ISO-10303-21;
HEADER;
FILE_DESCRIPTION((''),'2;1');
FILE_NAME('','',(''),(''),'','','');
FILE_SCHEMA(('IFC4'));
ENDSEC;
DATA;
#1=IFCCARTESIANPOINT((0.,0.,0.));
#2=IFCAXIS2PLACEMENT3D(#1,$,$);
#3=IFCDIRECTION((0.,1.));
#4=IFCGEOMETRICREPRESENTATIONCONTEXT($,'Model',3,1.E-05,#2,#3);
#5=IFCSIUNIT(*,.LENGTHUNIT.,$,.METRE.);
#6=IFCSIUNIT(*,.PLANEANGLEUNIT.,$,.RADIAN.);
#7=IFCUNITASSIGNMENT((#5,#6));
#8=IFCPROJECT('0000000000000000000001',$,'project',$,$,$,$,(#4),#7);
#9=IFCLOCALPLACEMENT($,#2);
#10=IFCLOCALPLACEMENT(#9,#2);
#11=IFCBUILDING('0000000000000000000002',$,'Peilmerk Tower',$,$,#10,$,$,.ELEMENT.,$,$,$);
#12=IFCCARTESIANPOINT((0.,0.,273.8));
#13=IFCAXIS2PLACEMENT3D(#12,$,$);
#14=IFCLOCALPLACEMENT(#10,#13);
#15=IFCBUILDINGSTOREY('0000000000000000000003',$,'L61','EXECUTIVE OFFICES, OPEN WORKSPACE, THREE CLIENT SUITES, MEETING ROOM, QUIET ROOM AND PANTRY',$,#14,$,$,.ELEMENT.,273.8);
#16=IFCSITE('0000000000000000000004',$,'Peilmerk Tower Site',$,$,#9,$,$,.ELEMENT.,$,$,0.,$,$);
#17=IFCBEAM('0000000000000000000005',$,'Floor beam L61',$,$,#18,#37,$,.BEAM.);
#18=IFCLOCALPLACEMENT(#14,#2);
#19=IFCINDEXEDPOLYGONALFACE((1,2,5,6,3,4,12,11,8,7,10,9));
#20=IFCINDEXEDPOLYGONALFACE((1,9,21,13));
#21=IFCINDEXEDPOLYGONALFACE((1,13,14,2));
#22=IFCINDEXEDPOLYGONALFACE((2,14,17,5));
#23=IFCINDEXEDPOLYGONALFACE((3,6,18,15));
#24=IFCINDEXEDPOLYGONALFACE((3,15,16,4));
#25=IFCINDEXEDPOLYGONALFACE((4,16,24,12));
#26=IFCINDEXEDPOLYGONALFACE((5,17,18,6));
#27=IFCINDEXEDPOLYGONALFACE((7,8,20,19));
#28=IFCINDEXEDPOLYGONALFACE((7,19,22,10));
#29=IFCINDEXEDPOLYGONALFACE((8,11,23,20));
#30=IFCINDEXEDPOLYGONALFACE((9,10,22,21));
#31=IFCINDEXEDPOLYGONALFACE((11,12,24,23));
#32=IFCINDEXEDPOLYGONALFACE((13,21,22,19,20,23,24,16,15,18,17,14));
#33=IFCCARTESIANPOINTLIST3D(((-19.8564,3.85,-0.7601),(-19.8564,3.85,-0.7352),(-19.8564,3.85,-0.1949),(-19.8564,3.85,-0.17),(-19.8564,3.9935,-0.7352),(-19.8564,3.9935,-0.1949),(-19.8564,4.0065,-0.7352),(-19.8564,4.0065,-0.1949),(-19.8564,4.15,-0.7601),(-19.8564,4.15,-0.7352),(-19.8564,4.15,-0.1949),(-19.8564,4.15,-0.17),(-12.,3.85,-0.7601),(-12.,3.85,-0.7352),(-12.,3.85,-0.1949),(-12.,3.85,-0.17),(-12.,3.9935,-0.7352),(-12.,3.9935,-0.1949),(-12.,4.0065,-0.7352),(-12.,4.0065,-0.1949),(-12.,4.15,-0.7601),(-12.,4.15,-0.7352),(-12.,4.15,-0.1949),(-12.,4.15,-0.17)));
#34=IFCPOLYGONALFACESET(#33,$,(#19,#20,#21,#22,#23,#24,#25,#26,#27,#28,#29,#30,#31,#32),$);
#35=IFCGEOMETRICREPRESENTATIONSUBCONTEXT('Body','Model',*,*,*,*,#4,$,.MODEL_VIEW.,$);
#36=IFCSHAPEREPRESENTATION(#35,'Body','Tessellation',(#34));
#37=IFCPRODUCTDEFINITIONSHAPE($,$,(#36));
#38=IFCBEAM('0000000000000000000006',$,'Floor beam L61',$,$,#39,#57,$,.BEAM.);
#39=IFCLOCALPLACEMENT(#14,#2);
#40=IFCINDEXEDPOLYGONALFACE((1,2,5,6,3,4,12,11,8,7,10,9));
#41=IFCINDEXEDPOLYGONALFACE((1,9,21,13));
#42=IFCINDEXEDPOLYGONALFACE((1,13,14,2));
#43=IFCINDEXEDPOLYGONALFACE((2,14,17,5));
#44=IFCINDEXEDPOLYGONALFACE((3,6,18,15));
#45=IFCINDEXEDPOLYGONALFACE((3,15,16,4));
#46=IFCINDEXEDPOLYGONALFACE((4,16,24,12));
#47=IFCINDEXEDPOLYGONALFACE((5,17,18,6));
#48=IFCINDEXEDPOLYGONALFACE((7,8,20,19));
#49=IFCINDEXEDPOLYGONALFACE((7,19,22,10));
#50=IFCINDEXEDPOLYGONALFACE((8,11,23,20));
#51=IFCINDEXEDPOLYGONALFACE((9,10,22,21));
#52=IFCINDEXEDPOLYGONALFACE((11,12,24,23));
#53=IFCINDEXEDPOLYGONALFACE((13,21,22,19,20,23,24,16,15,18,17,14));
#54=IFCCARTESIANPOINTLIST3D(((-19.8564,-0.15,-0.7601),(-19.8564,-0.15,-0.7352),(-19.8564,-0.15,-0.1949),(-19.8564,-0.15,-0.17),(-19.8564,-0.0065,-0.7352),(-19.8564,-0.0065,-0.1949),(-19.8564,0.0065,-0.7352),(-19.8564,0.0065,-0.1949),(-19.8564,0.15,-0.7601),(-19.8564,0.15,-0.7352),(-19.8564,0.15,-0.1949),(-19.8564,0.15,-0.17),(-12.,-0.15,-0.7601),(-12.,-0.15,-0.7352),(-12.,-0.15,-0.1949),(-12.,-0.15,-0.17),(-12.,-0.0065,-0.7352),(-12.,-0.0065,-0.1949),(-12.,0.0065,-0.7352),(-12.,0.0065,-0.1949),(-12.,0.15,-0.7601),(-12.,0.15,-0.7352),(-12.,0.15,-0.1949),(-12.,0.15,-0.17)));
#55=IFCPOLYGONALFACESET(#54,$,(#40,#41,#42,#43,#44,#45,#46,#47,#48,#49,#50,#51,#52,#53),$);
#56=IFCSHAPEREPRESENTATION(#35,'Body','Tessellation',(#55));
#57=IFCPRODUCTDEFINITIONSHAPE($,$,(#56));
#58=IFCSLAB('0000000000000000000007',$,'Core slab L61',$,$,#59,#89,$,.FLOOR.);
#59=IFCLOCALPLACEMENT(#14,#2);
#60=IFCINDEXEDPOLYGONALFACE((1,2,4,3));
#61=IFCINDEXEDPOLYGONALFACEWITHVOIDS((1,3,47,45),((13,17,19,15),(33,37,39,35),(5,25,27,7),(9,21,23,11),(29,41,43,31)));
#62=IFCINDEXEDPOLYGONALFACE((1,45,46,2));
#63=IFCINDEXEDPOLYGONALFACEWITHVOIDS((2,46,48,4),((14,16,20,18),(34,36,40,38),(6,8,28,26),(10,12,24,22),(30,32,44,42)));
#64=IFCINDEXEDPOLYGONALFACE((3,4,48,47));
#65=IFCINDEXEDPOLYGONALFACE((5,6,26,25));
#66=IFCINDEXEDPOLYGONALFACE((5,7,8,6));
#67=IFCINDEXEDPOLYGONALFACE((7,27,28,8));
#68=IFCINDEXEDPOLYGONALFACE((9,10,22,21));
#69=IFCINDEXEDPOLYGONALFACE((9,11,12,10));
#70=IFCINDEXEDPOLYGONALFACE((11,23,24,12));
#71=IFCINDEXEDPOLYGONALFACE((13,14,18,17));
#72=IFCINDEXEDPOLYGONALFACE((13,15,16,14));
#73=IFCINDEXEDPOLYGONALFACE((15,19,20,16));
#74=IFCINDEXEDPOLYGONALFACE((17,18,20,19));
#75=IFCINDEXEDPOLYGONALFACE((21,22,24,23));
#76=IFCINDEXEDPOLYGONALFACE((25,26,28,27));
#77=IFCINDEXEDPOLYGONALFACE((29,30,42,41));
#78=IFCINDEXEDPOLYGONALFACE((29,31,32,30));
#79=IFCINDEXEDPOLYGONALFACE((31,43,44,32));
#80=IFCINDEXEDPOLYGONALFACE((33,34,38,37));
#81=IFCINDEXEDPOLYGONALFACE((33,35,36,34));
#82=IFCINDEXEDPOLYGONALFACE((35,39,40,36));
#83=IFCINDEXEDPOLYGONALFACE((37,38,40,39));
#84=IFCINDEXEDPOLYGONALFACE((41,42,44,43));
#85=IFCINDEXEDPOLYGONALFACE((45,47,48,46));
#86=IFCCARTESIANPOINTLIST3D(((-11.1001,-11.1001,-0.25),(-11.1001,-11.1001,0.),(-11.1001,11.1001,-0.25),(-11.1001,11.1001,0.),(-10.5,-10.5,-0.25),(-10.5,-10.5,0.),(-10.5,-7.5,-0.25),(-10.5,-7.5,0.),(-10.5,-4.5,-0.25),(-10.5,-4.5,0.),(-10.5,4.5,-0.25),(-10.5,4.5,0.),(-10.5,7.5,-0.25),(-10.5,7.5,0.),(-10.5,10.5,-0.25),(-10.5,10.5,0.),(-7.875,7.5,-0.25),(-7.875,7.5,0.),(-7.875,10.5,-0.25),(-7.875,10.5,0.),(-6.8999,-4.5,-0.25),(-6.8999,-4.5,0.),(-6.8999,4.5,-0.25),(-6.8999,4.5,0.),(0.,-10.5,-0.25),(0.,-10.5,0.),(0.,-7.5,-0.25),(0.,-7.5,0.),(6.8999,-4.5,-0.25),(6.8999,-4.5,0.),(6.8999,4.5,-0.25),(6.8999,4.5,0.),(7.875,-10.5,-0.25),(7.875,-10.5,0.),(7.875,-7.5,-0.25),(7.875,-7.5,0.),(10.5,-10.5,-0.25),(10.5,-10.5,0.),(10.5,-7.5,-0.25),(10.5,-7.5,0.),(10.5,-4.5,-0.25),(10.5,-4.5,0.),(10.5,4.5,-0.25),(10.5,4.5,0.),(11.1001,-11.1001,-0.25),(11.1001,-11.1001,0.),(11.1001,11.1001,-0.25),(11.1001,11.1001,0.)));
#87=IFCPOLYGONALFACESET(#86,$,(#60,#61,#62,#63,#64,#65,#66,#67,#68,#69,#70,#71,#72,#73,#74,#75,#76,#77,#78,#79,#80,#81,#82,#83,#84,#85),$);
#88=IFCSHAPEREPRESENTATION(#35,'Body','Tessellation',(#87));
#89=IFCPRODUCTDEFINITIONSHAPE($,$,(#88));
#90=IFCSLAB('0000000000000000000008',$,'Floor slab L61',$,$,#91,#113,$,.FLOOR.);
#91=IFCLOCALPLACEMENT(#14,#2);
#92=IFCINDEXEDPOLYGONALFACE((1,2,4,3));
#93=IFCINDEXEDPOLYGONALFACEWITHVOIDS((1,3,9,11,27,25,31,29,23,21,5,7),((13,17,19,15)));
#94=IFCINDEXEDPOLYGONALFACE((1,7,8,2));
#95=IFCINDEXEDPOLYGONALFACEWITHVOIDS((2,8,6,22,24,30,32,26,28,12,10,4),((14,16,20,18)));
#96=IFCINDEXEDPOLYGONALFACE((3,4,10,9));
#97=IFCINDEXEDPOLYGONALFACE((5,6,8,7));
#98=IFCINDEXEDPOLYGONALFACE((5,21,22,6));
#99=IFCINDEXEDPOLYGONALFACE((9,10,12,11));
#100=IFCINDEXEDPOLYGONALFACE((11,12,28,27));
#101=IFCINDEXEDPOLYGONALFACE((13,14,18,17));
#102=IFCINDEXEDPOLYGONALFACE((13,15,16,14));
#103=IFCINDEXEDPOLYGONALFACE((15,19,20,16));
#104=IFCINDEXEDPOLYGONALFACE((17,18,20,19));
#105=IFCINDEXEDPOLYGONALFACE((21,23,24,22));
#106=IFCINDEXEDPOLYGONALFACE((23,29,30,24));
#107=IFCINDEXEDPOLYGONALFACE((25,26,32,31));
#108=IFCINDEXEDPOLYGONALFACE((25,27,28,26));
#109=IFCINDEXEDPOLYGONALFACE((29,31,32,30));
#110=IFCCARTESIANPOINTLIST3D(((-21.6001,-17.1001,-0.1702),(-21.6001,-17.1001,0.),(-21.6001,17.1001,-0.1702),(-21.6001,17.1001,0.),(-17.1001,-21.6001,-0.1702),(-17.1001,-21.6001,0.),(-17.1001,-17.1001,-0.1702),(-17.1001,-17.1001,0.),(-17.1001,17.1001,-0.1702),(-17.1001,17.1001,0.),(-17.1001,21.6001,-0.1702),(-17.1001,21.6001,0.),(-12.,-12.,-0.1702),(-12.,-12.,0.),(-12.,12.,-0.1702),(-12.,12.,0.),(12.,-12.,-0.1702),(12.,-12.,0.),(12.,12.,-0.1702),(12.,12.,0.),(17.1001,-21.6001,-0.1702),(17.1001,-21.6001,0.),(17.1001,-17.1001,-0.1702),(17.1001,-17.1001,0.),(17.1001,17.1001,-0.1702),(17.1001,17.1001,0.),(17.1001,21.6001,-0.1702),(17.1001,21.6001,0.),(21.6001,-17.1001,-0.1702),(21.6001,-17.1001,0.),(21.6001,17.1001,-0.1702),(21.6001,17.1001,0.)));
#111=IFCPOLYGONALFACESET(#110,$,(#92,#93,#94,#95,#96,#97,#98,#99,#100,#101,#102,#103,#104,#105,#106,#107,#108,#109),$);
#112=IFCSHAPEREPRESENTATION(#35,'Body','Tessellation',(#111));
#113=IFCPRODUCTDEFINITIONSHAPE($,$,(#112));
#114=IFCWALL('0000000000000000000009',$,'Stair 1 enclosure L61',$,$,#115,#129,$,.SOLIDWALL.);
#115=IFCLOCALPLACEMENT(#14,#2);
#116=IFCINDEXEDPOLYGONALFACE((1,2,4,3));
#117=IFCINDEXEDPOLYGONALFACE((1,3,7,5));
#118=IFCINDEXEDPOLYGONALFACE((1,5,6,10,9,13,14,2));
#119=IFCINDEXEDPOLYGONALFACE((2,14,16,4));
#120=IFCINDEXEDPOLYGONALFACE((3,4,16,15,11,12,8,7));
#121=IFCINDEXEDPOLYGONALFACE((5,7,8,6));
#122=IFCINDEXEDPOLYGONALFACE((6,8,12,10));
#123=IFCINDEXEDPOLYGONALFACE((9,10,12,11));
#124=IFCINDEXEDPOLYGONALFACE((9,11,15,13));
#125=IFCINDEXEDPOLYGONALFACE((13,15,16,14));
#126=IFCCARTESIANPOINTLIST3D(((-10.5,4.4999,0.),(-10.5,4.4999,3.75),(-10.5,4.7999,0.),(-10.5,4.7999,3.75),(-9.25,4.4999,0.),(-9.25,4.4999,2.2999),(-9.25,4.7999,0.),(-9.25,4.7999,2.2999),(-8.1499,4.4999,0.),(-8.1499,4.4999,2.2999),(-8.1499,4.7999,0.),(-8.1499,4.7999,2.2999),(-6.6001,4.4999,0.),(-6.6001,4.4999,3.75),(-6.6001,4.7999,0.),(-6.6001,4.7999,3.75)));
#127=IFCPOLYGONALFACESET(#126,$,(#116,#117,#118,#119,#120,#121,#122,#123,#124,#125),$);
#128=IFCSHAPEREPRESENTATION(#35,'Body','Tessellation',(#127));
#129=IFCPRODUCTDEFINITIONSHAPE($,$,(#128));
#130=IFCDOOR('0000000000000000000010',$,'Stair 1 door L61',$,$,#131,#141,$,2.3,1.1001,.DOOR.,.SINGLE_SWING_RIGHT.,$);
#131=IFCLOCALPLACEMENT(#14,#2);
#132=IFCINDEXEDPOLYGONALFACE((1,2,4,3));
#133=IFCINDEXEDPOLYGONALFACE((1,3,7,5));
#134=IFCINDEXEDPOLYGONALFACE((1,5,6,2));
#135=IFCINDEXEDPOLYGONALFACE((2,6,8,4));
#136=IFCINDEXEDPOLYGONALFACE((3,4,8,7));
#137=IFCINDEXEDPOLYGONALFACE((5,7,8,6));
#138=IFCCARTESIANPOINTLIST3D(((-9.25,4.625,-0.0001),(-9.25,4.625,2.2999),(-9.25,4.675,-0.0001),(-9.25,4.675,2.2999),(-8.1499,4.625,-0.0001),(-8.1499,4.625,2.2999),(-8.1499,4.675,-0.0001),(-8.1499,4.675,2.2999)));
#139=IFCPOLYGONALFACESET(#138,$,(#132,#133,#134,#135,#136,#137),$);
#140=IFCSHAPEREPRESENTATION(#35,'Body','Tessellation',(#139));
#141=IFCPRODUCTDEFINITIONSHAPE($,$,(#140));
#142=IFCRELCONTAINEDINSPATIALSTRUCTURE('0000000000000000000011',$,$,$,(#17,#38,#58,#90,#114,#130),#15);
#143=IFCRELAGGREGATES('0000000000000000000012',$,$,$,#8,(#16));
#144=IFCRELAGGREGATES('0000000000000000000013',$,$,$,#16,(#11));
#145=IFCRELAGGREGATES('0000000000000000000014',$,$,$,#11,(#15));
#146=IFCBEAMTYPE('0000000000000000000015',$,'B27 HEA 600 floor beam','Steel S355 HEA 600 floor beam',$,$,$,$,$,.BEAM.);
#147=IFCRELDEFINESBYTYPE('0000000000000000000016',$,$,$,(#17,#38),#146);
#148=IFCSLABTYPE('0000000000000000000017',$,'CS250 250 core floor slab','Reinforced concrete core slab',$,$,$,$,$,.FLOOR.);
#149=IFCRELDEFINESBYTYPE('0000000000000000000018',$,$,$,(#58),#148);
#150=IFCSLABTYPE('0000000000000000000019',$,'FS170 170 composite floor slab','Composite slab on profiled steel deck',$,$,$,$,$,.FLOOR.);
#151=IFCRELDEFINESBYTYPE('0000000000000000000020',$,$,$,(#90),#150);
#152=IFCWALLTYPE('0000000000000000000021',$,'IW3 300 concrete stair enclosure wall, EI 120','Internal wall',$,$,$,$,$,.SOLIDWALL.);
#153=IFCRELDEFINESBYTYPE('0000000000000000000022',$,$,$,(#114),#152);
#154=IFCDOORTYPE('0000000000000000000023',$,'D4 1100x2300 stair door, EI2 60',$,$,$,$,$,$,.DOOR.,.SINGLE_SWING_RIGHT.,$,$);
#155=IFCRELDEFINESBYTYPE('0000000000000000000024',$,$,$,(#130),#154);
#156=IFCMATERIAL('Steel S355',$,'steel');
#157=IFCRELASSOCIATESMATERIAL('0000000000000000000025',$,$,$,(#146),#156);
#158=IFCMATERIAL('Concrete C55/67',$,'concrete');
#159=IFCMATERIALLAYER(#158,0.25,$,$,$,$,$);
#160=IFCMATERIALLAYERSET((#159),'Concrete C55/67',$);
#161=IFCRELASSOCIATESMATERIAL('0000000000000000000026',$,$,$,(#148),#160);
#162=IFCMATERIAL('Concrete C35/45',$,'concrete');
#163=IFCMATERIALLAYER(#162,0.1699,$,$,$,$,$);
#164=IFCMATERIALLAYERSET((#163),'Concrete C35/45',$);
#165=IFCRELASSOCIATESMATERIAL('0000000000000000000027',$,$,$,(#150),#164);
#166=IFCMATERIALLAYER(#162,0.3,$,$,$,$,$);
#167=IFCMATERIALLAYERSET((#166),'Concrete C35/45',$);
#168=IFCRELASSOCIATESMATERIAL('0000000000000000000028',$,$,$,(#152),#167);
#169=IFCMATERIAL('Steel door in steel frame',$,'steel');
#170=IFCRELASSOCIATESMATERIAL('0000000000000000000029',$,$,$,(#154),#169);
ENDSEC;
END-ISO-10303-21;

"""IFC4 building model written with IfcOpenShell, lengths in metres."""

from ifc_helpers import new_model, si_unit, direction, frame, frame_2d, origin, origin_2d, place, context, subcontext, project, spatial, polyline, rectangle, i_section, outline, extrude, material, layer, layer_set, material_profile, profile_set, type_object, element, fill, save


model = new_model("IFC4")

# Units and contexts
model_context = context("Model", 3, precision=1e-05, world=origin(), true_north=direction((0.0, 1.0)))
body_context = subcontext(model_context, "Body", "Model", "MODEL_VIEW")
ifc_project = project(units=[si_unit("LENGTHUNIT", "METRE"), si_unit("PLANEANGLEUNIT", "RADIAN")], contexts=[model_context])

# Site, building, storey
site_placement = place(None, origin())
site = spatial("IfcSite", under=ifc_project, at=site_placement, Name="Peilmerk Tower Site", CompositionType="ELEMENT", RefElevation=0.0)
building_placement = place(site_placement, origin())
building = spatial("IfcBuilding", under=site, at=building_placement, Name="Peilmerk Tower", CompositionType="ELEMENT")
storey_placement = place(building_placement, frame((0.0, 0.0, 273.8)))
storey = spatial("IfcBuildingStorey", under=building, at=storey_placement, Name="L61", Description="EXECUTIVE OFFICES, OPEN WORKSPACE, THREE CLIENT SUITES, MEETING ROOM, QUIET ROOM AND PANTRY", CompositionType="ELEMENT", Elevation=273.8)

# Beams
ifc_material_1 = material(Name="Steel S355", Category="steel")
ifc_material_profile = material_profile(ifc_material_1, i_section(OverallWidth=0.3, OverallDepth=0.5901, WebThickness=0.0129, FlangeThickness=0.0249, at=origin_2d()), Name="HEA 600")
ifc_profile_set = profile_set([ifc_material_profile], Name="Steel S355")
beam_type = type_object("IfcBeamType", Name="B27 HEA 600 floor beam", Description="Steel S355 HEA 600 floor beam", PredefinedType="BEAM", material=ifc_profile_set)
for number, where, z_axis, x_axis, name in (
    (1, (-12.0, 4.0, -0.4651), (-1.0, 0.0, 0.0), (0.0, -1.0, 0.0), "Floor beam L61"),
    (2, (-12.0, 0.0, -0.4651), (-1.0, 0.0, 0.0), (0.0, -1.0, 0.0), "Floor beam L61"),
):
    element("IfcBeam", number, at=place(storey_placement, frame(where, z_axis=z_axis, x_axis=x_axis)), inside=storey, type_object=beam_type, Name=name, PredefinedType="BEAM", context=body_context, shape_type="SweptSolid", body=[
        extrude(i_section(OverallWidth=0.3, OverallDepth=0.5901, WebThickness=0.0129, FlangeThickness=0.0249, at=origin_2d()), origin(), (0.0, 0.0, 1.0), 7.8564),
    ])

# Slabs
ifc_material_2 = material(Name="Concrete C55/67", Category="concrete")
ifc_layer_1 = layer(ifc_material_2, 0.25)
ifc_layer_set_1 = layer_set([ifc_layer_1], Name="Concrete C55/67")
slab_type_1 = type_object("IfcSlabType", Name="CS250 250 core floor slab", Description="Reinforced concrete core slab", PredefinedType="FLOOR", material=ifc_layer_set_1)
slab_1_placement = place(storey_placement, frame((0.0, 0.0, -0.25)))
element("IfcSlab", 3, at=slab_1_placement, inside=storey, type_object=slab_type_1, Name="Core slab L61", PredefinedType="FLOOR", context=body_context, shape_type="SweptSolid", body=[
    extrude(outline(polyline([(11.1001, -11.1001), (11.1001, 11.1001), (-11.1001, 11.1001), (-11.1001, -11.1001), (11.1001, -11.1001)]), holes=[polyline([(-7.875, 7.5), (-10.5, 7.5), (-10.5, 10.5), (-7.875, 10.5), (-7.875, 7.5)]), polyline([(0.0, -10.5), (-10.5, -10.5), (-10.5, -7.5), (0.0, -7.5), (0.0, -10.5)]), polyline([(7.875, -10.5), (7.875, -7.5), (10.5, -7.5), (10.5, -10.5), (7.875, -10.5)]), polyline([(-10.5, 4.5), (-6.8999, 4.5), (-6.8999, -4.5), (-10.5, -4.5), (-10.5, 4.5)]), polyline([(10.5, 4.5), (10.5, -4.5), (6.8999, -4.5), (6.8999, 4.5), (10.5, 4.5)])]), origin(), (0.0, 0.0, 1.0), 0.25),
])
ifc_material_3 = material(Name="Concrete C35/45", Category="concrete")
ifc_layer_2 = layer(ifc_material_3, 0.1699)
ifc_layer_set_2 = layer_set([ifc_layer_2], Name="Concrete C35/45")
slab_type_2 = type_object("IfcSlabType", Name="FS170 170 composite floor slab", Description="Composite slab on profiled steel deck", PredefinedType="FLOOR", material=ifc_layer_set_2)
slab_2_placement = place(storey_placement, frame((0.0, 0.0, -0.1702)))
element("IfcSlab", 4, at=slab_2_placement, inside=storey, type_object=slab_type_2, Name="Floor slab L61", PredefinedType="FLOOR", context=body_context, shape_type="SweptSolid", body=[
    extrude(outline(polyline([(-17.1001, -21.6001), (17.1001, -21.6001), (17.1001, -17.1001), (21.6001, -17.1001), (21.6001, 17.1001), (17.1001, 17.1001), (17.1001, 21.6001), (-17.1001, 21.6001), (-17.1001, 17.1001), (-21.6001, 17.1001), (-21.6001, -17.1001), (-17.1001, -17.1001), (-17.1001, -21.6001)]), holes=[polyline([(12.0, 12.0), (12.0, -12.0), (-12.0, -12.0), (-12.0, 12.0), (12.0, 12.0)])]), origin(), (0.0, 0.0, 1.0), 0.1702),
])

# Wall, opening, door
ifc_layer_3 = layer(ifc_material_3, 0.3)
ifc_layer_set_3 = layer_set([ifc_layer_3], Name="Concrete C35/45")
wall_type_1 = type_object("IfcWallType", Name="IW3 300 concrete stair enclosure wall, EI 120", Description="Internal wall", PredefinedType="SOLIDWALL", material=ifc_layer_set_3)
wall_1_placement = place(storey_placement, frame((-10.5, 4.6499, 0.0), z_axis=(0.0, 0.0, 1.0), x_axis=(1.0, 0.0, 0.0)))
wall_1 = element("IfcWall", 5, at=wall_1_placement, inside=storey, type_object=wall_type_1, Name="Stair 1 enclosure L61", PredefinedType="SOLIDWALL", context=body_context, shape_type="SweptSolid", body=[
    extrude(rectangle(XDim=3.8999, YDim=0.3, at=frame_2d((1.95, 0.0))), origin(), (0.0, 0.0, 1.0), 3.75),
])
opening_1_placement = place(wall_1_placement, frame((1.25, 0.0, 0.0)))
opening_1 = element("IfcOpeningElement", 6, at=opening_1_placement, cuts=wall_1, PredefinedType="OPENING", context=body_context, shape_type="SweptSolid", body=[
    extrude(rectangle(XDim=1.1001, YDim=2.3, at=frame_2d((0.55, 1.1499))), frame((0.0, 0.1599, 0.0), z_axis=(0.0, -1.0, 0.0), x_axis=(1.0, 0.0, 0.0)), (0.0, 0.0, 1.0), 0.3201),
])
ifc_material_4 = material(Name="Steel door in steel frame", Category="steel")
door_type_1 = type_object("IfcDoorType", Name="D4 1100x2300 stair door, EI2 60", OperationType="SINGLE_SWING_RIGHT", PredefinedType="DOOR", material=ifc_material_4)
door_1_placement = place(opening_1_placement, frame((1.1001, 0.0, 0.0), z_axis=(0.0, 0.0, 1.0), x_axis=(-1.0, 0.0, 0.0)))
door_1 = element("IfcDoor", 7, at=door_1_placement, inside=storey, type_object=door_type_1, Name="Stair 1 door L61", OperationType="SINGLE_SWING_RIGHT", OverallHeight=2.3, OverallWidth=1.1001, PredefinedType="DOOR", context=body_context, shape_type="SweptSolid", body=[
    extrude(rectangle(XDim=1.1001, YDim=2.3, at=frame_2d((0.55, 1.1499))), frame((0.0, 0.0249, 0.0), z_axis=(0.0, -1.0, 0.0), x_axis=(1.0, 0.0, 0.0)), (0.0, 0.0, 1.0), 0.05),
])
fill(opening_1, door_1)

save(model, "model.ifc")
